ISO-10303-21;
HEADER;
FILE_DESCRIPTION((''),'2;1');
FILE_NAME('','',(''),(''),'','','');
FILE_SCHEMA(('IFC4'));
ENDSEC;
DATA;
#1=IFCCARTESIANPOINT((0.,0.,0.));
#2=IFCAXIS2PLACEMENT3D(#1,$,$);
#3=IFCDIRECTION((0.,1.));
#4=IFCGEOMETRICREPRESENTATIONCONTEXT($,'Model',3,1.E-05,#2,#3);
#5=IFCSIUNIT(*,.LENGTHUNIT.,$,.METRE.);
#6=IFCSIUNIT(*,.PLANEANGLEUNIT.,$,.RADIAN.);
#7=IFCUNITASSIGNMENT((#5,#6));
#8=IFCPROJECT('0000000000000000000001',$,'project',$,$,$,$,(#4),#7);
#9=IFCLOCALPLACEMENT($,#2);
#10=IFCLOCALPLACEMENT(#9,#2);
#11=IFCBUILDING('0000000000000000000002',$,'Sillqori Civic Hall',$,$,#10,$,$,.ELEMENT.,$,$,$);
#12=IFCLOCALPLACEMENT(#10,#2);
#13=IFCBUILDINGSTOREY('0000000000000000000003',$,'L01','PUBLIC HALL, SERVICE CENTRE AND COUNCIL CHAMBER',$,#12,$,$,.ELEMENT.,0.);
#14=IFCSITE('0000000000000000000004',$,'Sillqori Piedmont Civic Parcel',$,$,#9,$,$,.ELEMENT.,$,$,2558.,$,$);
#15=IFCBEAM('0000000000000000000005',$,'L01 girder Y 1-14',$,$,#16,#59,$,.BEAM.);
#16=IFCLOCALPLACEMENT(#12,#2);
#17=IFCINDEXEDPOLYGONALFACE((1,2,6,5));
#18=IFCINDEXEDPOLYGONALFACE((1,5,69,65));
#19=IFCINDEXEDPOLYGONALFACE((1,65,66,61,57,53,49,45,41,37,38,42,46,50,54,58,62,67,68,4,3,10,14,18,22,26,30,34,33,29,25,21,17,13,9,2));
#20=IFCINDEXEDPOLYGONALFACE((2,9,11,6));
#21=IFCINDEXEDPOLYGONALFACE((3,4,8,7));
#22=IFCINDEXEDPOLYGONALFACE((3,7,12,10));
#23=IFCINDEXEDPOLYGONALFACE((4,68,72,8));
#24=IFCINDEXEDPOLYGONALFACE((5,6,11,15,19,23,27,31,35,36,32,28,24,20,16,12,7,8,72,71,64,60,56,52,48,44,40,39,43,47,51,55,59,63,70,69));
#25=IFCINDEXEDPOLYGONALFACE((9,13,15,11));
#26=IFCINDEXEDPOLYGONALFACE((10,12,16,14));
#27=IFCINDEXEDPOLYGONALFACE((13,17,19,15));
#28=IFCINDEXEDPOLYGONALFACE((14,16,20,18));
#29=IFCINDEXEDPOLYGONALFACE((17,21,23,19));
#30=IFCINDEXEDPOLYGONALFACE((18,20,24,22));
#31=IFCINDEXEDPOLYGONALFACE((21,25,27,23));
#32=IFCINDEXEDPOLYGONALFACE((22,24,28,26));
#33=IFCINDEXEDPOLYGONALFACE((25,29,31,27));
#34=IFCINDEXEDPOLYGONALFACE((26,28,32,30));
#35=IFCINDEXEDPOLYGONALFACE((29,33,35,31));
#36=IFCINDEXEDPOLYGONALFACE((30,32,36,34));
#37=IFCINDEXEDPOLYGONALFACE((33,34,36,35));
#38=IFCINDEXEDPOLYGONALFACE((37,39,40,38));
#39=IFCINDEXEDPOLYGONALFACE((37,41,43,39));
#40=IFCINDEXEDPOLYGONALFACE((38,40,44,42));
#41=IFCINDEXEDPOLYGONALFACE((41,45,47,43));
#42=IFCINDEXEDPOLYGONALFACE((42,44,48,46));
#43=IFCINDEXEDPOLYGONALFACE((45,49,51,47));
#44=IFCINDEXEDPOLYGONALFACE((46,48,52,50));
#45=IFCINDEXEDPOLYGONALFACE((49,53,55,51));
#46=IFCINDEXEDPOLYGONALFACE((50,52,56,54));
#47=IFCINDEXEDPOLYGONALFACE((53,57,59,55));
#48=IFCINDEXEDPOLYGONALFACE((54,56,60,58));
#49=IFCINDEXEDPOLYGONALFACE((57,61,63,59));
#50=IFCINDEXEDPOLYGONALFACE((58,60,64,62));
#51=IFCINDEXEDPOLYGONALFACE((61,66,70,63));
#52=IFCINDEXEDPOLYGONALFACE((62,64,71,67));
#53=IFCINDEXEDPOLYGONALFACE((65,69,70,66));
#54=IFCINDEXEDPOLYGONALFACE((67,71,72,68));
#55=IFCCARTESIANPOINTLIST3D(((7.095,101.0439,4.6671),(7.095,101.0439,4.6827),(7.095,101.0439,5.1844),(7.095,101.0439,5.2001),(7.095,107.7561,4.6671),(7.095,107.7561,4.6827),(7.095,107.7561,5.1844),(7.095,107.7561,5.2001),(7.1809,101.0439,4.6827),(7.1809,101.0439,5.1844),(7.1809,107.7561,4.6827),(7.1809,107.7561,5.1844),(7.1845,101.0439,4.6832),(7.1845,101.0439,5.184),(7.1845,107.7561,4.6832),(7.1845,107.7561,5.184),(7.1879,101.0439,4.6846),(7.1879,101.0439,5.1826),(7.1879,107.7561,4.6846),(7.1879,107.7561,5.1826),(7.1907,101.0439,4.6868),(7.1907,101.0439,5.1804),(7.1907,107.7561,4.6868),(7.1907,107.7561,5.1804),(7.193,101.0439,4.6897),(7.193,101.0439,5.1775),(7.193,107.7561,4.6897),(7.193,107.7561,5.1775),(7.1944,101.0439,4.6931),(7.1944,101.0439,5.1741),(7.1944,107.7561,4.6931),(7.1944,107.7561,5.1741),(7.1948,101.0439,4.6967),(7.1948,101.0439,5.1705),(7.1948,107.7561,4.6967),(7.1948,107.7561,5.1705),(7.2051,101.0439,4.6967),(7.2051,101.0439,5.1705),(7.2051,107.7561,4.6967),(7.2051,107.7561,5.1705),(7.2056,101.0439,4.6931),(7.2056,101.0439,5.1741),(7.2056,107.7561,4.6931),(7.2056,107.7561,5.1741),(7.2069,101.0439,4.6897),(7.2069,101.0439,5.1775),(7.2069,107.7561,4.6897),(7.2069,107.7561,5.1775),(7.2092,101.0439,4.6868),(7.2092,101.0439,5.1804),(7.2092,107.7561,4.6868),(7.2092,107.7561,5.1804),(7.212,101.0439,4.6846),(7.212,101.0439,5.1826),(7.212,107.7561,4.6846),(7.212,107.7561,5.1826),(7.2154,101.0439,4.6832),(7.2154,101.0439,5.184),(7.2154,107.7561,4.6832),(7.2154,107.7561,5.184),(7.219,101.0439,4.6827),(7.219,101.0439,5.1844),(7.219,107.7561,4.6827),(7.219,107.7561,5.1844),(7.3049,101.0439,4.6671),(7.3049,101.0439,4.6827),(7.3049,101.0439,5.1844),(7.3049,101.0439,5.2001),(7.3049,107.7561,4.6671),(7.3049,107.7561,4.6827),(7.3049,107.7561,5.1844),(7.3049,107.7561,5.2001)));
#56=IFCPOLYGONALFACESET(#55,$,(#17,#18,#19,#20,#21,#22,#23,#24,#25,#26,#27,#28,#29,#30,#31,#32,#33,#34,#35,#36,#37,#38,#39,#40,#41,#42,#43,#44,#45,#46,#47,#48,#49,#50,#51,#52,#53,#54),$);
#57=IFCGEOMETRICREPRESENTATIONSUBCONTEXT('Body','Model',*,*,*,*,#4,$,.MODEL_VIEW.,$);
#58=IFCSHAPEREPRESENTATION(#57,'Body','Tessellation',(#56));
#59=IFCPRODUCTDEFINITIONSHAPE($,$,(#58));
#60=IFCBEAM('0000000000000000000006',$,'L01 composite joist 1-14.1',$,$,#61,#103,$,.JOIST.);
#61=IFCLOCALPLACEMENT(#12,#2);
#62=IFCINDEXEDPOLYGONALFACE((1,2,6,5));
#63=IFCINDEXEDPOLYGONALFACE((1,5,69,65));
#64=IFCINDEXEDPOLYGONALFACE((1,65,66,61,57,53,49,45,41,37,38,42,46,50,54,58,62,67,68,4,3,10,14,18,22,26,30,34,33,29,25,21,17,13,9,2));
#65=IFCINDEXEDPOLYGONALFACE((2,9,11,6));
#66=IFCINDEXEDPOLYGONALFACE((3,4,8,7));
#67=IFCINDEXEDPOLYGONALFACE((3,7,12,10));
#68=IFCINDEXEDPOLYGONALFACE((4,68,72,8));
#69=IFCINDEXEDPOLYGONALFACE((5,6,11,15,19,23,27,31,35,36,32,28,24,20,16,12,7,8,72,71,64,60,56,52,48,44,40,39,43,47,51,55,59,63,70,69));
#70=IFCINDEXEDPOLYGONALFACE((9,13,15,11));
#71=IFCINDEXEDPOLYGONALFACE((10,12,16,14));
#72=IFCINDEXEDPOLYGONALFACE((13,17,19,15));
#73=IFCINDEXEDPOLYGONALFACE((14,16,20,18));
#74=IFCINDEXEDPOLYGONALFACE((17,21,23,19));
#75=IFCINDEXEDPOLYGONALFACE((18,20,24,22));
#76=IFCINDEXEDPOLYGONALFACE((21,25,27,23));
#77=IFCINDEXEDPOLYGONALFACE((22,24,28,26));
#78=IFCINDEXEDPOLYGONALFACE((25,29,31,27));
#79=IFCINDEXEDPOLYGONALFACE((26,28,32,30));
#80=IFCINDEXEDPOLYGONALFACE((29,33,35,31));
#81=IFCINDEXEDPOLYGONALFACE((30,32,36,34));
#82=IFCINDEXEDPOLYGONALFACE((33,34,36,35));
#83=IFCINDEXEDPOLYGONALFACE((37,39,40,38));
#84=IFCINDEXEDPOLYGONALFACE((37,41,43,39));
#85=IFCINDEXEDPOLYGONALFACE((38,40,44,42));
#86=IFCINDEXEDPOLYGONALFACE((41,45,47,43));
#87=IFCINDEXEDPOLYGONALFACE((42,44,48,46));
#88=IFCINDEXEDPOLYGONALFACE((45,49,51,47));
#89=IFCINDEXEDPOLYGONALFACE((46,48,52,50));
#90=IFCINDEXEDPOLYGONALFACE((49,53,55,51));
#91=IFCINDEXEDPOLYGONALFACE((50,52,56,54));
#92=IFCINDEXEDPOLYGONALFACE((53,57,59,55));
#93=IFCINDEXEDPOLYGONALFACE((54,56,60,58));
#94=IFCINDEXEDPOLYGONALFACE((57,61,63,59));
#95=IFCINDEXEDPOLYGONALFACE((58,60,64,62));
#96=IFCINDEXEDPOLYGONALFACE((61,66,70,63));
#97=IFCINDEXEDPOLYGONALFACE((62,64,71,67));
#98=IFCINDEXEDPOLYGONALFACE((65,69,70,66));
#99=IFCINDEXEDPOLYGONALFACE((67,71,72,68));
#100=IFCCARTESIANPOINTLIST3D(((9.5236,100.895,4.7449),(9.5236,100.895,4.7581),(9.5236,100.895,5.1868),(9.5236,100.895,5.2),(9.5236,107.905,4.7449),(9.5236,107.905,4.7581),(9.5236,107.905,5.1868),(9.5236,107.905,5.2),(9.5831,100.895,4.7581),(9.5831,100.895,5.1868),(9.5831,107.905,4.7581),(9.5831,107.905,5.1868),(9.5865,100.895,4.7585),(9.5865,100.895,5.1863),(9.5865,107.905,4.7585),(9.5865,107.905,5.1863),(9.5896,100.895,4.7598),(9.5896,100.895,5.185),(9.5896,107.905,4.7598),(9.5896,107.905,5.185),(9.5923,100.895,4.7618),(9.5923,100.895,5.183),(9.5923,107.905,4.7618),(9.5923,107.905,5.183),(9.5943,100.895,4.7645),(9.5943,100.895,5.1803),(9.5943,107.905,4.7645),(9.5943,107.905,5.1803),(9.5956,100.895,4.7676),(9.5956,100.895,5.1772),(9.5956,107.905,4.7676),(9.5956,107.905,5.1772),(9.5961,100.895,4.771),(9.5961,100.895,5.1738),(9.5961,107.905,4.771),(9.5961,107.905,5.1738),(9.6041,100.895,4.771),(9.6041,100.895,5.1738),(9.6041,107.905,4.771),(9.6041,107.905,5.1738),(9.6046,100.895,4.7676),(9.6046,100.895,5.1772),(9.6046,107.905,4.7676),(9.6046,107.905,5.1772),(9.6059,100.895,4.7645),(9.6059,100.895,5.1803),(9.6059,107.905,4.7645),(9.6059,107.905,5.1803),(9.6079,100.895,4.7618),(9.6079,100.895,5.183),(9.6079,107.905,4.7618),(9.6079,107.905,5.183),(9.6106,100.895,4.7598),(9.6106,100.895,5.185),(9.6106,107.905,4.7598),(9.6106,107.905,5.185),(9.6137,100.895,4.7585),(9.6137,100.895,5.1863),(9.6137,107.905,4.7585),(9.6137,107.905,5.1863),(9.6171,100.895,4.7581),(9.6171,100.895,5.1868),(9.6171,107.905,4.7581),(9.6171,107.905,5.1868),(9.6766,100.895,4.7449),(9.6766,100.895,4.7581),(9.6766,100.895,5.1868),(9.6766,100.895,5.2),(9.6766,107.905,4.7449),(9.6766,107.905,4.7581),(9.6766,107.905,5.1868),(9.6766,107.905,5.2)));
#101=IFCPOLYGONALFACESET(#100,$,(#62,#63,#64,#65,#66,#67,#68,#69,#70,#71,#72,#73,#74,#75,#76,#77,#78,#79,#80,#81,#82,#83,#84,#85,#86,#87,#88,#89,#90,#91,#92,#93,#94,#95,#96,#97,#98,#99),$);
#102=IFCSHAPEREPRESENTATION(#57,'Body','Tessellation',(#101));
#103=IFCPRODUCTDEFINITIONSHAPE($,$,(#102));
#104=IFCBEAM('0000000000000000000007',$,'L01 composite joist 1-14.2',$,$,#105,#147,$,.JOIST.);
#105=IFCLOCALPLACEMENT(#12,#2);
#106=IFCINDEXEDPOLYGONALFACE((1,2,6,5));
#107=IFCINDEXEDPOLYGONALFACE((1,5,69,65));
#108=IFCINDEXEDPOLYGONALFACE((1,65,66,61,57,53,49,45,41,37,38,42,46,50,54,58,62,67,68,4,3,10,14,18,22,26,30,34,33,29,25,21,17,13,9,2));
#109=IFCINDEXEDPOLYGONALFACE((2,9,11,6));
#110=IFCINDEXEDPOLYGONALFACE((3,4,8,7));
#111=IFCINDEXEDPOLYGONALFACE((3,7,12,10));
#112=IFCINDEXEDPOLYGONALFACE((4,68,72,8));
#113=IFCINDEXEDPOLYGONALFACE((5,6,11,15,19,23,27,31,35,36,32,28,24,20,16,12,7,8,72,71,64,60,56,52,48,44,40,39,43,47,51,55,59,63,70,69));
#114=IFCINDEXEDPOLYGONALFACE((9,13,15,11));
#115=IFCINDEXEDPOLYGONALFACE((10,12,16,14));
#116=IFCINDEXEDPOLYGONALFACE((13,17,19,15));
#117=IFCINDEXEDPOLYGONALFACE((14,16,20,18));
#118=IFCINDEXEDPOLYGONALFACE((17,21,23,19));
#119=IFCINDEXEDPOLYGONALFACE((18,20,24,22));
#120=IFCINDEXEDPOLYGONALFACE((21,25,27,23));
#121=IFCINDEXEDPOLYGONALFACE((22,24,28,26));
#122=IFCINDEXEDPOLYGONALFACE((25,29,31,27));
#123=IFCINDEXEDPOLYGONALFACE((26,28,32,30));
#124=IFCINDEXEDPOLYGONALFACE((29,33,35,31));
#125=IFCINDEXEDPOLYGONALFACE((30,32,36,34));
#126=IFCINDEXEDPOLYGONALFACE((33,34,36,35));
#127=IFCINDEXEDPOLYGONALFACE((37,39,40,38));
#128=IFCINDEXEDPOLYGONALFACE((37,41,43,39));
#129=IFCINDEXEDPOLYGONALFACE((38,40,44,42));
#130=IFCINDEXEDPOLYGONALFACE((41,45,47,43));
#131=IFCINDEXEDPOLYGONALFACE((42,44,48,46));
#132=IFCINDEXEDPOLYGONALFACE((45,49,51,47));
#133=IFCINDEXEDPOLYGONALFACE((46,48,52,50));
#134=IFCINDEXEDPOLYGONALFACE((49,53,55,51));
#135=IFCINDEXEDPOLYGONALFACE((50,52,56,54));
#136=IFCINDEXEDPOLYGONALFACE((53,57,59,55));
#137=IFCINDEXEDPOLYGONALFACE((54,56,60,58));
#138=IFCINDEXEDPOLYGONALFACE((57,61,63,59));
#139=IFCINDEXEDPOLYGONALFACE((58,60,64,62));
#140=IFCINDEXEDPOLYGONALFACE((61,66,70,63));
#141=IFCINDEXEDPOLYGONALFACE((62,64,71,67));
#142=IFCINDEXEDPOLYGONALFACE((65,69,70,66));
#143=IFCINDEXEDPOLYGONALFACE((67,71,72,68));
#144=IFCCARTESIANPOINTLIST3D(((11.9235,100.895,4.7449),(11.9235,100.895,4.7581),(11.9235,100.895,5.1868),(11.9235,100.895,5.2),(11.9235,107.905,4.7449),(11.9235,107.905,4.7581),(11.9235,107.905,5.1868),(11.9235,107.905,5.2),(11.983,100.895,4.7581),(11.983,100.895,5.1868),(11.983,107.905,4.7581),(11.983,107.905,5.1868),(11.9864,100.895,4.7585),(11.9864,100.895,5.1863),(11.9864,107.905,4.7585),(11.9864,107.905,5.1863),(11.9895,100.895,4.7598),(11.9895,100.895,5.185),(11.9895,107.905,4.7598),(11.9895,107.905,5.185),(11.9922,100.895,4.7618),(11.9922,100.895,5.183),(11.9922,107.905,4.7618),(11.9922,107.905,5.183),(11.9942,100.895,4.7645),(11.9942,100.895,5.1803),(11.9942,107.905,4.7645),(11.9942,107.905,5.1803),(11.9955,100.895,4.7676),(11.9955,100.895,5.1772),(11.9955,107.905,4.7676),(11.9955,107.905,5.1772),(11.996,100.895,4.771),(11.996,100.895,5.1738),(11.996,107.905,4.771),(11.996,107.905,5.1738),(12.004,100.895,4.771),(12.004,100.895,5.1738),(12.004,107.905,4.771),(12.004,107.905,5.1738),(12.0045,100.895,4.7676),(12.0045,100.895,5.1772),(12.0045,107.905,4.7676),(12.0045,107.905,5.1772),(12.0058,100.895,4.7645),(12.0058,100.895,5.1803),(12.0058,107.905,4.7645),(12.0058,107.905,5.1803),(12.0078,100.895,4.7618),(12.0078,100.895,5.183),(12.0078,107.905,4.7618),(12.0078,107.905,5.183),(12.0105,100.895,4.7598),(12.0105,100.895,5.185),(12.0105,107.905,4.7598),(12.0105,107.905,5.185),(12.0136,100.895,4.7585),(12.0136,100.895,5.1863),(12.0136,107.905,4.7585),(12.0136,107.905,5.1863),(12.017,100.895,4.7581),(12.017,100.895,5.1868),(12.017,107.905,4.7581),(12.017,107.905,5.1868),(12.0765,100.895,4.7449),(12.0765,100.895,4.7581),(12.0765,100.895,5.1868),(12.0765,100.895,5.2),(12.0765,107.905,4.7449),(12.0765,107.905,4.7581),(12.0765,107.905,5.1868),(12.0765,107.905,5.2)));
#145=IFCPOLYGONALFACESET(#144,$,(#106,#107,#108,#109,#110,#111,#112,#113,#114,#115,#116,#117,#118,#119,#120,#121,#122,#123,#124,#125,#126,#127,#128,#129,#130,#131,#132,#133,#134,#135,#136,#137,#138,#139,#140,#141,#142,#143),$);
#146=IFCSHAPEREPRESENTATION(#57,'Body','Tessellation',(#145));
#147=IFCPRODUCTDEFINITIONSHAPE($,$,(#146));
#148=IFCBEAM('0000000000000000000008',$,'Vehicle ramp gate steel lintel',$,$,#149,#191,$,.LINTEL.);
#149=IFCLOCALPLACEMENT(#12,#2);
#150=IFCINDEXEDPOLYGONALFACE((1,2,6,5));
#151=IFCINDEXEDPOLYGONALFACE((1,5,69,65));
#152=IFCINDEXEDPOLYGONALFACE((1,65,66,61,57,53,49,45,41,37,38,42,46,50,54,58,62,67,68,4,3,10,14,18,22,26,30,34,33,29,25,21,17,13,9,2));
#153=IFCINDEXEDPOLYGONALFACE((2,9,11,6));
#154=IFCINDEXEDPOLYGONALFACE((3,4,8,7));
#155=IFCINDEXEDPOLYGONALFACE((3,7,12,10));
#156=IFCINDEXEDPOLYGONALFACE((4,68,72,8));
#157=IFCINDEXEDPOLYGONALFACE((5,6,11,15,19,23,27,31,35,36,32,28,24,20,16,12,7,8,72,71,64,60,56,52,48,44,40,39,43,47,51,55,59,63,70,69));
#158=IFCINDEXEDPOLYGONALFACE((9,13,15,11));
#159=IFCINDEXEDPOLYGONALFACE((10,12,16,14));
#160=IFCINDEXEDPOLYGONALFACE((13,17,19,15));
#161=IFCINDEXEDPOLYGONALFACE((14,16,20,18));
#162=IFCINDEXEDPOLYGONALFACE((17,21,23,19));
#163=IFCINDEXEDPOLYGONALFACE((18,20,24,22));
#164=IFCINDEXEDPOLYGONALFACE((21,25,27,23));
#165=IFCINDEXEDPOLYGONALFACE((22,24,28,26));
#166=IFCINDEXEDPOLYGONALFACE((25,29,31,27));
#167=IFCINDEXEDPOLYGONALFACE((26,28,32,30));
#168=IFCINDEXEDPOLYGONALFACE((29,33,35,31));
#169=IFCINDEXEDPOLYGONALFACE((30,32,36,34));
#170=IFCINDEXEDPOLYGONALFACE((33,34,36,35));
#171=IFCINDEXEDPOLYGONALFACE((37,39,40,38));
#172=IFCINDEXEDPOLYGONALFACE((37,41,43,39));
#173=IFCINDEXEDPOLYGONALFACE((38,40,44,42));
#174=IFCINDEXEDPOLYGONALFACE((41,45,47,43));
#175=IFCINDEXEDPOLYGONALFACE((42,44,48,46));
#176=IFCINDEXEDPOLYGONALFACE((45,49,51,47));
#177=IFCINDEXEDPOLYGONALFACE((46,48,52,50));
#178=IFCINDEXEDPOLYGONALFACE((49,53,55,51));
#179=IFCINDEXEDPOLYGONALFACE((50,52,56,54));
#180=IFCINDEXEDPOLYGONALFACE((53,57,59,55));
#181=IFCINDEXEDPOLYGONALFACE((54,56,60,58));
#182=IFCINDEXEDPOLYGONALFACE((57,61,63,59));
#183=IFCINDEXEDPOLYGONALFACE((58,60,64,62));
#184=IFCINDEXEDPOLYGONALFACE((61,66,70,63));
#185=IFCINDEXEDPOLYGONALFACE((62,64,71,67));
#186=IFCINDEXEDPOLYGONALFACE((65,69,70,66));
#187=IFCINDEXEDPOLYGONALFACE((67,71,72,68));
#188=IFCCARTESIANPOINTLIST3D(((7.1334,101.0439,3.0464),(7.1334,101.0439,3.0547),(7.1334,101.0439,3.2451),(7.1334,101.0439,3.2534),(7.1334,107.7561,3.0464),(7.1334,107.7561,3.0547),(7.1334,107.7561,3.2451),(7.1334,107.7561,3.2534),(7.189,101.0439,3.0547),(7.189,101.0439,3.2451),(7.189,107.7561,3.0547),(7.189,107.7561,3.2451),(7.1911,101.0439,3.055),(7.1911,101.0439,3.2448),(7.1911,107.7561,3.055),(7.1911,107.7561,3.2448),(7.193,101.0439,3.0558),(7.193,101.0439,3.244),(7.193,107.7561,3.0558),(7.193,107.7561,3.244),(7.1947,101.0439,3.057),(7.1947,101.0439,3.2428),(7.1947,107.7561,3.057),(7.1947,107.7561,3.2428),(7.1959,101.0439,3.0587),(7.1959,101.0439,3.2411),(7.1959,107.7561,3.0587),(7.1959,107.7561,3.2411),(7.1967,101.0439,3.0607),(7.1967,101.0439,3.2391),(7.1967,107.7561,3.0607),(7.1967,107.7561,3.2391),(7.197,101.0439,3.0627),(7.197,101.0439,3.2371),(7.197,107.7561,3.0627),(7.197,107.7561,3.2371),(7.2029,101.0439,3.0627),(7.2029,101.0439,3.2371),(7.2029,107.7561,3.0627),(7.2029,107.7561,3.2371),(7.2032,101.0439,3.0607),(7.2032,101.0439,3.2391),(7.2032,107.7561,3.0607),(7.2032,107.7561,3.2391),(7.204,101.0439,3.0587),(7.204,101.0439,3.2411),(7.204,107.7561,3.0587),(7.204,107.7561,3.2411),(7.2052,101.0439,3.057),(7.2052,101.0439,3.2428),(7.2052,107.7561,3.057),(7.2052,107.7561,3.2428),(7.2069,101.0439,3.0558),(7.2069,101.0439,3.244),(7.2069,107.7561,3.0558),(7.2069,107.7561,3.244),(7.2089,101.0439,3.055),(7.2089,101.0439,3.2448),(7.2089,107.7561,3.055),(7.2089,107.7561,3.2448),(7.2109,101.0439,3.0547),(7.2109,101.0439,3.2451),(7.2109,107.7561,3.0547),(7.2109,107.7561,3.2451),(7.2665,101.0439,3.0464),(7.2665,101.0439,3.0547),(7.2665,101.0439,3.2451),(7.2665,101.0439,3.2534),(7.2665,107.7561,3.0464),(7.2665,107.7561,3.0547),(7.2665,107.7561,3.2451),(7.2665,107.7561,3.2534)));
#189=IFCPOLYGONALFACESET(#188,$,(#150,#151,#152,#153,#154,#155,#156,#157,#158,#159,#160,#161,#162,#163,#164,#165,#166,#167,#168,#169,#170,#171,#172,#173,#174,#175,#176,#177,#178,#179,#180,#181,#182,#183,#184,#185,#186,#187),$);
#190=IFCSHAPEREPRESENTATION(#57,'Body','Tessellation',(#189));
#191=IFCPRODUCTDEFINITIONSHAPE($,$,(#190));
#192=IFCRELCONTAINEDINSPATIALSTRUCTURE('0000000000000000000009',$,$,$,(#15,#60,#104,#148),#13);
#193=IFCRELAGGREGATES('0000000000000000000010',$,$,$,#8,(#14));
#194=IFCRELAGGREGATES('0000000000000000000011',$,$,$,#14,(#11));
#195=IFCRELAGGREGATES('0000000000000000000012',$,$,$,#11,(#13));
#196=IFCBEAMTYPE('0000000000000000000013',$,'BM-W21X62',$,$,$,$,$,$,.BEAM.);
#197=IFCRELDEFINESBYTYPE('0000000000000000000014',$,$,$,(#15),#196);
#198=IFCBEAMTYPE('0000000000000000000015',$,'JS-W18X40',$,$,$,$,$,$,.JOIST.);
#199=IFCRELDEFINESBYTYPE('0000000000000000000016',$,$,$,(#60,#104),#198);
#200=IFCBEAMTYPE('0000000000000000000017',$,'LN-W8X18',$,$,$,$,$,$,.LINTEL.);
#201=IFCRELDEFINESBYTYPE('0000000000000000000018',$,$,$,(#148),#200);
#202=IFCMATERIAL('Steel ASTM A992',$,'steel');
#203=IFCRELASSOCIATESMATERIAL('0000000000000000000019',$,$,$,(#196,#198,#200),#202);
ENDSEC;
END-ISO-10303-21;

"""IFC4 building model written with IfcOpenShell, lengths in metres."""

from ifc_helpers import new_model, si_unit, direction, frame, origin, origin_2d, place, context, subcontext, project, spatial, i_section, extrude, material, material_profile, profile_set, type_object, element, save


model = new_model("IFC4")

# Units and contexts
model_context = context("Model", 3, precision=1e-05, world=origin(), true_north=direction((0.0, 1.0)))
body_context = subcontext(model_context, "Body", "Model", "MODEL_VIEW")
ifc_project = project(units=[si_unit("LENGTHUNIT", "METRE"), si_unit("PLANEANGLEUNIT", "RADIAN")], contexts=[model_context])

# Site, building, storey
site_placement = place(None, origin())
site = spatial("IfcSite", under=ifc_project, at=site_placement, Name="Sillqori Piedmont Civic Parcel", CompositionType="ELEMENT", RefElevation=2558.0)
building_placement = place(site_placement, origin())
building = spatial("IfcBuilding", under=site, at=building_placement, Name="Sillqori Civic Hall", CompositionType="ELEMENT")
storey_placement = place(building_placement, origin())
storey = spatial("IfcBuildingStorey", under=building, at=storey_placement, Name="L01", Description="PUBLIC HALL, SERVICE CENTRE AND COUNCIL CHAMBER", CompositionType="ELEMENT", Elevation=0.0)

# Beams
ifc_material_1 = material(Name="Steel ASTM A992", Category="steel")
ifc_material_profile_1 = material_profile(ifc_material_1, i_section(OverallWidth=0.21, OverallDepth=0.533, WebThickness=0.0103, FlangeThickness=0.0156, FilletRadius=0.0139, at=origin_2d()), Name="W21X62")
ifc_profile_set_1 = profile_set([ifc_material_profile_1], Name="Steel ASTM A992")
beam_type_1 = type_object("IfcBeamType", Name="BM-W21X62", PredefinedType="BEAM", material=ifc_profile_set_1)
beam_1_placement = place(storey_placement, frame((7.2, 101.0439, 4.9336), z_axis=(0.0, 1.0, 0.0), x_axis=(-1.0, 0.0, 0.0)))
element("IfcBeam", 1, at=beam_1_placement, inside=storey, type_object=beam_type_1, Name="L01 girder Y 1-14", PredefinedType="BEAM", context=body_context, shape_type="SweptSolid", body=[
    extrude(i_section(OverallWidth=0.21, OverallDepth=0.533, WebThickness=0.0103, FlangeThickness=0.0156, FilletRadius=0.0139, at=origin_2d()), origin(), (0.0, 0.0, 1.0), 6.7122),
])
ifc_material_profile_2 = material_profile(ifc_material_1, i_section(OverallWidth=0.1531, OverallDepth=0.4551, WebThickness=0.0081, FlangeThickness=0.0132, FilletRadius=0.0129, at=origin_2d()), Name="W18X40")
ifc_profile_set_2 = profile_set([ifc_material_profile_2], Name="Steel ASTM A992")
beam_type_2 = type_object("IfcBeamType", Name="JS-W18X40", PredefinedType="JOIST", material=ifc_profile_set_2)
for number, where, z_axis, x_axis, name in (
    (2, (9.6001, 100.895, 4.9724), (0.0, 1.0, 0.0), (-1.0, 0.0, 0.0), "L01 composite joist 1-14.1"),
    (3, (12.0, 100.895, 4.9724), (0.0, 1.0, 0.0), (-1.0, 0.0, 0.0), "L01 composite joist 1-14.2"),
):
    element("IfcBeam", number, at=place(storey_placement, frame(where, z_axis=z_axis, x_axis=x_axis)), inside=storey, type_object=beam_type_2, Name=name, PredefinedType="JOIST", context=body_context, shape_type="SweptSolid", body=[
        extrude(i_section(OverallWidth=0.1531, OverallDepth=0.4551, WebThickness=0.0081, FlangeThickness=0.0132, FilletRadius=0.0129, at=origin_2d()), origin(), (0.0, 0.0, 1.0), 7.01),
    ])
ifc_material_profile_3 = material_profile(ifc_material_1, i_section(OverallWidth=0.1331, OverallDepth=0.207, WebThickness=0.0059, FlangeThickness=0.0083, FilletRadius=0.0081, at=origin_2d()), Name="W8X18")
ifc_profile_set_3 = profile_set([ifc_material_profile_3], Name="Steel ASTM A992")
beam_type_3 = type_object("IfcBeamType", Name="LN-W8X18", PredefinedType="LINTEL", material=ifc_profile_set_3)
beam_2_placement = place(storey_placement, frame((7.2, 101.0439, 3.1499), z_axis=(0.0, 1.0, 0.0), x_axis=(-1.0, 0.0, 0.0)))
element("IfcBeam", 4, at=beam_2_placement, inside=storey, type_object=beam_type_3, Name="Vehicle ramp gate steel lintel", PredefinedType="LINTEL", context=body_context, shape_type="SweptSolid", body=[
    extrude(i_section(OverallWidth=0.1331, OverallDepth=0.207, WebThickness=0.0059, FlangeThickness=0.0083, FilletRadius=0.0081, at=origin_2d()), origin(), (0.0, 0.0, 1.0), 6.7122),
])

save(model, "model.ifc")
